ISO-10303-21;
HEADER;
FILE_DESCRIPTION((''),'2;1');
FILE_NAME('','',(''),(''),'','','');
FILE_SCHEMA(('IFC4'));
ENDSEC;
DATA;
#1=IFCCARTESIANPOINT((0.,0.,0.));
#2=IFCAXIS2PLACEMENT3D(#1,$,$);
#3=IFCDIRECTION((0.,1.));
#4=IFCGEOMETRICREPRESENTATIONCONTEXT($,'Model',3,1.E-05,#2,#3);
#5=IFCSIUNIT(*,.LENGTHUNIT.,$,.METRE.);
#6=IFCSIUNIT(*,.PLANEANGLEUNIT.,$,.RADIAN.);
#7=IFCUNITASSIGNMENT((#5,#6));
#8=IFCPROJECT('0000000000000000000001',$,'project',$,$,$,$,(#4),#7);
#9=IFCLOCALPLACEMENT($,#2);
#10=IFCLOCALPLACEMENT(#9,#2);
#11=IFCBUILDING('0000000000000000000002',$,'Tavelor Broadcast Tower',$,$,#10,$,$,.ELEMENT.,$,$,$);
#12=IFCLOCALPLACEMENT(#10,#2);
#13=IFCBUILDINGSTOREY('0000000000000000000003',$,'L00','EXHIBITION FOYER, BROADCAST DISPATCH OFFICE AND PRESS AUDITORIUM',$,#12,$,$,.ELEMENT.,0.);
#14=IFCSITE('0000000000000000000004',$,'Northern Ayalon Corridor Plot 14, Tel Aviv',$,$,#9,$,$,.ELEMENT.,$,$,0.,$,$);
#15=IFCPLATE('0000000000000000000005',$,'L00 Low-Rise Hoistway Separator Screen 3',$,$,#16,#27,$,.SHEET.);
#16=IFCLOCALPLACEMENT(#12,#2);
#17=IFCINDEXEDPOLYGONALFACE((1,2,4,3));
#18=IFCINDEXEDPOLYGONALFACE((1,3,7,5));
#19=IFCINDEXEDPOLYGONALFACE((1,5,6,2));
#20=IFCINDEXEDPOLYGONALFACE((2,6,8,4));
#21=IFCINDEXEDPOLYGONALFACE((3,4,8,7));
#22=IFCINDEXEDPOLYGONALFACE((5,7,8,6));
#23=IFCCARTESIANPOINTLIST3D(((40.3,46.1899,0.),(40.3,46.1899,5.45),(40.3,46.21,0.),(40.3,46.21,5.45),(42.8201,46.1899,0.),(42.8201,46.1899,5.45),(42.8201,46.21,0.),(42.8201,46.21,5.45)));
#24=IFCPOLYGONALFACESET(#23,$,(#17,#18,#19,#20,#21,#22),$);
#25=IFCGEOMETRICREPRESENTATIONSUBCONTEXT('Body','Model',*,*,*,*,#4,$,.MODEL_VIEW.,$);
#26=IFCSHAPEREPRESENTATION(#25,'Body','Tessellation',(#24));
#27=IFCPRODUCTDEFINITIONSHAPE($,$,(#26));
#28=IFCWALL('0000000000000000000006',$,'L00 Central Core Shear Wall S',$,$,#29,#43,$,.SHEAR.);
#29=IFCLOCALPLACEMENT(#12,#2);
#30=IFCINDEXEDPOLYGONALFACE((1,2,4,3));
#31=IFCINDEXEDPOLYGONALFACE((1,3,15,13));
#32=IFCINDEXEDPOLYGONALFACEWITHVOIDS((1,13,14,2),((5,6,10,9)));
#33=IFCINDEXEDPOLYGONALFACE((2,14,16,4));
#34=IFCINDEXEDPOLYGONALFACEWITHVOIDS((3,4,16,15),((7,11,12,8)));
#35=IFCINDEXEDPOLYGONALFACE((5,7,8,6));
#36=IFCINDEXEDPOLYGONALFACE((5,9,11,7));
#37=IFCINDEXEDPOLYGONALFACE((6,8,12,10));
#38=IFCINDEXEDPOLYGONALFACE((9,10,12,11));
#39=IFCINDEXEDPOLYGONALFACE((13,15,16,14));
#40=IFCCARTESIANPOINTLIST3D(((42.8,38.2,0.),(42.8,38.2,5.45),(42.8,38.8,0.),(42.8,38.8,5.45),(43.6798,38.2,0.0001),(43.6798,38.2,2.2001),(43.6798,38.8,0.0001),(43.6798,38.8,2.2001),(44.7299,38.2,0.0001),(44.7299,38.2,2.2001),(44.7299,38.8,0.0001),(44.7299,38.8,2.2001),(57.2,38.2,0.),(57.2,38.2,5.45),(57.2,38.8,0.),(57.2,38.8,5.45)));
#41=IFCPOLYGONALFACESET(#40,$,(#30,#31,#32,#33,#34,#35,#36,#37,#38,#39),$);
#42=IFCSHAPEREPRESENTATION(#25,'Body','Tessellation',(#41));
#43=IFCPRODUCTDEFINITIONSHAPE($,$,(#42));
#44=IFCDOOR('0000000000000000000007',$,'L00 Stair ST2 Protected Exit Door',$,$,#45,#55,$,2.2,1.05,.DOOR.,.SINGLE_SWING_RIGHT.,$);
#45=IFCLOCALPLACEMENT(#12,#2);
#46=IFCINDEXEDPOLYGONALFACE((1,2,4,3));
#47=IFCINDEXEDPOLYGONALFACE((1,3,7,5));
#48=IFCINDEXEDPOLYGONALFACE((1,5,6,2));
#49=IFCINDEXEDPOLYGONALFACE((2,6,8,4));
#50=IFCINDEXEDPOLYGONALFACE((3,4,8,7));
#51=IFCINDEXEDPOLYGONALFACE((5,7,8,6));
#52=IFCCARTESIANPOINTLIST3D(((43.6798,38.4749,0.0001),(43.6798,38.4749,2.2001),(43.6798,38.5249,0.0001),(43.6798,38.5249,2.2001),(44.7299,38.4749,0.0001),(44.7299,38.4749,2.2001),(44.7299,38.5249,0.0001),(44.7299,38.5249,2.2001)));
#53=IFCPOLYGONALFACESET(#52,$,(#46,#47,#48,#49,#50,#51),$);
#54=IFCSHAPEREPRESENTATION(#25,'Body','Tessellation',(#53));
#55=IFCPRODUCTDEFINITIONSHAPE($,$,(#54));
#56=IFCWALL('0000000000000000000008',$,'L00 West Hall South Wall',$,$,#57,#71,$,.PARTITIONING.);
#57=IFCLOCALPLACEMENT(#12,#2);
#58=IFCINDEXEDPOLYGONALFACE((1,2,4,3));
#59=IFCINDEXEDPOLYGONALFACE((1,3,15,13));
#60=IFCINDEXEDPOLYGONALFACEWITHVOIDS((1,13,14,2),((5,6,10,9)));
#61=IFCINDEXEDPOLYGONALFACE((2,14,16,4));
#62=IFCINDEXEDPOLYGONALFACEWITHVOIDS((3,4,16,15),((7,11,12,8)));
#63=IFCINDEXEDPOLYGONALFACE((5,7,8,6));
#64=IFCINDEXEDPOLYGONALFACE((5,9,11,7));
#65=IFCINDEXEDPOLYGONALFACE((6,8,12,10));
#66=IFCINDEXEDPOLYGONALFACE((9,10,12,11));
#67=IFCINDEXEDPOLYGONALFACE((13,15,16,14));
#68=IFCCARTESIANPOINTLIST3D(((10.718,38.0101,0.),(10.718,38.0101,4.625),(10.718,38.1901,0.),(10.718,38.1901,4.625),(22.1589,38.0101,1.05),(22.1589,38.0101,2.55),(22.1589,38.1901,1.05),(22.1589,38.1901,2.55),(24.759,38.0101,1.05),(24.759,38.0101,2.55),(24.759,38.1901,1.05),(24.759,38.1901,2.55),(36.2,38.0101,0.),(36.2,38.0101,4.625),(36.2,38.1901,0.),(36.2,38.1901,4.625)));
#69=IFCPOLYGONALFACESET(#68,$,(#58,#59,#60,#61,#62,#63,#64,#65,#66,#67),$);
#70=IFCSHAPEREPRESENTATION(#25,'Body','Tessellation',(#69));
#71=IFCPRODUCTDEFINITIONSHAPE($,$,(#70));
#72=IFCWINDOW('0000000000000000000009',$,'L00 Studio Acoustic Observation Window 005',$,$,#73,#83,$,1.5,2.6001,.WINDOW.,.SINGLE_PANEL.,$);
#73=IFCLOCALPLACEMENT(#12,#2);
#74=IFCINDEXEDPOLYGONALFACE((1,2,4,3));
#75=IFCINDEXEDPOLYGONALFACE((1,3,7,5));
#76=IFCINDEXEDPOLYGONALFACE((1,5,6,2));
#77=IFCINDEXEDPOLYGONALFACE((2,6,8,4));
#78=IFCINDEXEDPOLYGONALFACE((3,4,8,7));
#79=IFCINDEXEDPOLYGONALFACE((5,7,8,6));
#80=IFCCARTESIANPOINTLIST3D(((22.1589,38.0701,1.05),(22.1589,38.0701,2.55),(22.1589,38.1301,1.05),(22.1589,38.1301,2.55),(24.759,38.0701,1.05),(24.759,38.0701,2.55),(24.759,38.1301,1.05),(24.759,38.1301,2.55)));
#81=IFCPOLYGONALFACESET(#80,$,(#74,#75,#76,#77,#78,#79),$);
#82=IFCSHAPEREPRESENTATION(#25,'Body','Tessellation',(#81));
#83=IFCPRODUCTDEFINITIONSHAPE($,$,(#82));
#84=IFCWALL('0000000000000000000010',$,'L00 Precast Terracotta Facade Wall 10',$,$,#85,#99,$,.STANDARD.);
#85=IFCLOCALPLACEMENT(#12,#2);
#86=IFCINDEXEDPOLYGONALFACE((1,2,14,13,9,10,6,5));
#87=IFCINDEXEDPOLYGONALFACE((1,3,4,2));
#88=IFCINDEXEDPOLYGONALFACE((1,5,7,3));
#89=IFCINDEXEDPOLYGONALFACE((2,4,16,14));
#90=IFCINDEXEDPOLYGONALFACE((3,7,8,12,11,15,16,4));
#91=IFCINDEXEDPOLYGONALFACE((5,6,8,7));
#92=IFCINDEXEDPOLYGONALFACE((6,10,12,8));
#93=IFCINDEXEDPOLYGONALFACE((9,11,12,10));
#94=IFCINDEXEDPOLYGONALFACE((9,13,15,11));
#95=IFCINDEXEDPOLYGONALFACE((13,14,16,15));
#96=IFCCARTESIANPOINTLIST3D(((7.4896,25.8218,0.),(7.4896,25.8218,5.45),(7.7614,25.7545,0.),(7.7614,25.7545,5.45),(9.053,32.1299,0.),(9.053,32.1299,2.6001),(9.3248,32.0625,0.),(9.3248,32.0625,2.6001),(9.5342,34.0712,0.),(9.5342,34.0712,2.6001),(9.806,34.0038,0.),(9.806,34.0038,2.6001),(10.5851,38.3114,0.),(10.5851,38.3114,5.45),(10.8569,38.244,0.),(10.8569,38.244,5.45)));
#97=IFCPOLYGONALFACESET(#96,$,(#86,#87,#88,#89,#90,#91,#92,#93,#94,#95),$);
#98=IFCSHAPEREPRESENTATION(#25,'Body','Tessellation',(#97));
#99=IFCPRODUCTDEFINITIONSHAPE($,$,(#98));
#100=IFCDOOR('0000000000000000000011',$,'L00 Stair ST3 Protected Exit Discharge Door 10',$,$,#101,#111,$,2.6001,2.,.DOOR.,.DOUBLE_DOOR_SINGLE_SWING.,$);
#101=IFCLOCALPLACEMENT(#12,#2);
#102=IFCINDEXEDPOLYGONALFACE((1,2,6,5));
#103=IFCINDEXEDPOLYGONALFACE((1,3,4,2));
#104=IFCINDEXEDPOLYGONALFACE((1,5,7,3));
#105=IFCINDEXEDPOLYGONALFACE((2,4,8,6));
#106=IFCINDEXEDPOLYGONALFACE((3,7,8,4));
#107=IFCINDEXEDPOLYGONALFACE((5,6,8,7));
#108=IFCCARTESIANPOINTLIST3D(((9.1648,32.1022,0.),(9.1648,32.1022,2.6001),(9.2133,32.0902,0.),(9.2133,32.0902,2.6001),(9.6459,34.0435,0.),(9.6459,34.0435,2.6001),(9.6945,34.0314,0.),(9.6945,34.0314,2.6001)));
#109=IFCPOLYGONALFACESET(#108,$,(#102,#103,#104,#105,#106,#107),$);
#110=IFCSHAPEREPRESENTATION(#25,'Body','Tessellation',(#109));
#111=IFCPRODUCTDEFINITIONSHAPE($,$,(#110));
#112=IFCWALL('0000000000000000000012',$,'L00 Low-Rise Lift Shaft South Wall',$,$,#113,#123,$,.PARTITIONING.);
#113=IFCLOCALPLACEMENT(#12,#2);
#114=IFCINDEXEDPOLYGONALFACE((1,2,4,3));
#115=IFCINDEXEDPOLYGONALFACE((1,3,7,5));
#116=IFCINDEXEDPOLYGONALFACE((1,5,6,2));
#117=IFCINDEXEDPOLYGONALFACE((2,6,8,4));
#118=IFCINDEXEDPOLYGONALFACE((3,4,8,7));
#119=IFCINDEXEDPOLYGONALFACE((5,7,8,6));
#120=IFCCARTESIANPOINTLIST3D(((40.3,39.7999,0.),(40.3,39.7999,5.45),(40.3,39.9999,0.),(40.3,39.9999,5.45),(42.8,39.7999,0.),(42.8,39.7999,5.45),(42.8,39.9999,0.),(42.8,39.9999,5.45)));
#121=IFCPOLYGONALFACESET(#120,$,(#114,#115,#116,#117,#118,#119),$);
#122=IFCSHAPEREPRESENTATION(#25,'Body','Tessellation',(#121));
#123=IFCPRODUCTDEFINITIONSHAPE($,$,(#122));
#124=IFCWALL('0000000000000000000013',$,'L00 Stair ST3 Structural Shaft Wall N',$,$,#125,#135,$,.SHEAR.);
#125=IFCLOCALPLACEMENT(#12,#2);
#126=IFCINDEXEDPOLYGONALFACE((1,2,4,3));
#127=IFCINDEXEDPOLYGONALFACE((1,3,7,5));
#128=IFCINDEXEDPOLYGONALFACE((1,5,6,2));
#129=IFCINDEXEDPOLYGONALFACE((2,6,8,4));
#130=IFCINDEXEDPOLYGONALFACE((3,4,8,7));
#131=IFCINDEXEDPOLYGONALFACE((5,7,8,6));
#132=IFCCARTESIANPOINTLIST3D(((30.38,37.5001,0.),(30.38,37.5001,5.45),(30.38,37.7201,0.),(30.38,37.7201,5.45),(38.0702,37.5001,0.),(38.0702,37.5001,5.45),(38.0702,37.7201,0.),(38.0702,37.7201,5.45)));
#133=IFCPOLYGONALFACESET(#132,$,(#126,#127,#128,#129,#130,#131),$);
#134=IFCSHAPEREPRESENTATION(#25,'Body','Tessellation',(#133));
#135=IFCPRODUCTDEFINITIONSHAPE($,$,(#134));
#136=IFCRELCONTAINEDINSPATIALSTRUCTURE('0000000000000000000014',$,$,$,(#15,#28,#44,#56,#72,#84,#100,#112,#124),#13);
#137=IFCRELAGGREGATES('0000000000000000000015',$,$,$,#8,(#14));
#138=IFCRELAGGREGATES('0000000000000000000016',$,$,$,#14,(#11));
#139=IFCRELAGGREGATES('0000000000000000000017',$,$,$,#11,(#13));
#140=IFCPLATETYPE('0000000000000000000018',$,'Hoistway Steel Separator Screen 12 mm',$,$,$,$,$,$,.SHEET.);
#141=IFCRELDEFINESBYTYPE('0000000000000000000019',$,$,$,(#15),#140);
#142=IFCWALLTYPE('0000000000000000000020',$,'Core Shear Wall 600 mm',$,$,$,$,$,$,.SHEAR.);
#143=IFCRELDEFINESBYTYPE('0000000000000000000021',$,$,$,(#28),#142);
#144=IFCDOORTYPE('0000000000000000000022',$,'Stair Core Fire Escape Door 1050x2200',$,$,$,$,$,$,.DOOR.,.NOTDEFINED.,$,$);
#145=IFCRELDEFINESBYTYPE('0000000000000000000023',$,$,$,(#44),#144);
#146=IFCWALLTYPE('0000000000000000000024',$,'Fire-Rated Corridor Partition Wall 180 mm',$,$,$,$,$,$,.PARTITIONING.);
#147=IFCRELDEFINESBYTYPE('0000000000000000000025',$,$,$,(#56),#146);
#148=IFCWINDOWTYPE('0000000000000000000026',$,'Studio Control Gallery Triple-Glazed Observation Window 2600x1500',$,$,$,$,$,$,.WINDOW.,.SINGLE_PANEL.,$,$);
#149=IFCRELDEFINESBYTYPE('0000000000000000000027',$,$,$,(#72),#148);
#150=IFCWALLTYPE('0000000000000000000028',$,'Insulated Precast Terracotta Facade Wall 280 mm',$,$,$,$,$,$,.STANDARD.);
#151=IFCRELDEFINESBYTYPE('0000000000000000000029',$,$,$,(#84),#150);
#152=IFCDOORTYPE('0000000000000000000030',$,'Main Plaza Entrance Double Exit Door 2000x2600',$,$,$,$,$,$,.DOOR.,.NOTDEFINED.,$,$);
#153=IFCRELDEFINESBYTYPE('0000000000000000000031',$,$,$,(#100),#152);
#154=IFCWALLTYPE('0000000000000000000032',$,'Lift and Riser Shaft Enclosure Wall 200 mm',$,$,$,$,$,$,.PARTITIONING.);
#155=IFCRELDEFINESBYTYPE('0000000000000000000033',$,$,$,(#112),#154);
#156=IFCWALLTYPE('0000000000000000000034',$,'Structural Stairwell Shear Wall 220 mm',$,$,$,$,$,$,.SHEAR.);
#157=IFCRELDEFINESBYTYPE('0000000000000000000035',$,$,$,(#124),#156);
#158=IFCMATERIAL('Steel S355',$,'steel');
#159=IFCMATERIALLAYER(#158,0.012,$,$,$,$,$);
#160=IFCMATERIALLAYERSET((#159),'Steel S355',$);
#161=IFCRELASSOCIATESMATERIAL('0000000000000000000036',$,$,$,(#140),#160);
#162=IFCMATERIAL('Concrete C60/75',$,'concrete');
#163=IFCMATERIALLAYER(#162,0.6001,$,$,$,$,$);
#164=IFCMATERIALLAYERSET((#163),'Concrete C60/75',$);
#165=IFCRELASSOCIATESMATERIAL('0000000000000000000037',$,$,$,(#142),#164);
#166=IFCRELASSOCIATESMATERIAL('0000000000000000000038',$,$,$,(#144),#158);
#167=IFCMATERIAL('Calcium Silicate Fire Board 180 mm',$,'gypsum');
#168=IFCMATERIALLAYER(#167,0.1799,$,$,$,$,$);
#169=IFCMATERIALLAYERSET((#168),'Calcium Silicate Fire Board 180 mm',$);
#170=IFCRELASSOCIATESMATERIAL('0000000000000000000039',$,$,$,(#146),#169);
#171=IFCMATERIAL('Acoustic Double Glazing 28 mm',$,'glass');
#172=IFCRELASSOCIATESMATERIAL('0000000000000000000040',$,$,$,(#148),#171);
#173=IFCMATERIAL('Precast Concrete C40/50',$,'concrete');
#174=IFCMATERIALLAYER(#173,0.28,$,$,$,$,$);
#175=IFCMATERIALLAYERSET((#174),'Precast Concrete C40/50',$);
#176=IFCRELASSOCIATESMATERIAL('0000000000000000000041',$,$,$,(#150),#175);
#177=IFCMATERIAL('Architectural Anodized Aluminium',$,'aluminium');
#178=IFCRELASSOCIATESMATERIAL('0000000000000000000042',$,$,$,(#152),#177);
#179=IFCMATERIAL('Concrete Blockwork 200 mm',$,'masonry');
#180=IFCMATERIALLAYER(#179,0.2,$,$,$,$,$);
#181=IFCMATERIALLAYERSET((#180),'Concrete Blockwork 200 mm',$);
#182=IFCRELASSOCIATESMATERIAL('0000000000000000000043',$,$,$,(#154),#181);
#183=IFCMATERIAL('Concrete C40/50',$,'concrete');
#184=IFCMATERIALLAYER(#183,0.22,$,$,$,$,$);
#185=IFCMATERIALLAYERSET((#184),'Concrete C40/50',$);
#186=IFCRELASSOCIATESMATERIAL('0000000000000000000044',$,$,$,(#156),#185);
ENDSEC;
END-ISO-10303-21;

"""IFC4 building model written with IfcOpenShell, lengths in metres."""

from ifc_helpers import new_model, si_unit, direction, frame, frame_2d, origin, origin_2d, place, context, subcontext, project, spatial, rectangle, extrude, source, transform, mapped, material, layer, layer_set, type_object, type_shapes, element, fill, save


model = new_model("IFC4")

# Units and contexts
model_context = context("Model", 3, precision=1e-05, world=origin(), true_north=direction((0.0, 1.0)))
body_context = subcontext(model_context, "Body", "Model", "MODEL_VIEW")
ifc_project = project(units=[si_unit("LENGTHUNIT", "METRE"), si_unit("PLANEANGLEUNIT", "RADIAN")], contexts=[model_context])

# Site, building, storey
site_placement = place(None, origin())
site = spatial("IfcSite", under=ifc_project, at=site_placement, Name="Northern Ayalon Corridor Plot 14, Tel Aviv", CompositionType="ELEMENT", RefElevation=0.0)
building_placement = place(site_placement, origin())
building = spatial("IfcBuilding", under=site, at=building_placement, Name="Tavelor Broadcast Tower", CompositionType="ELEMENT")
storey_placement = place(building_placement, origin())
storey = spatial("IfcBuildingStorey", under=building, at=storey_placement, Name="L00", Description="EXHIBITION FOYER, BROADCAST DISPATCH OFFICE AND PRESS AUDITORIUM", CompositionType="ELEMENT", Elevation=0.0)

# Shared definitions
ifc_material_1 = material(Name="Steel S355", Category="steel")

# Plate
ifc_layer_1 = layer(ifc_material_1, 0.012)
ifc_layer_set_1 = layer_set([ifc_layer_1], Name="Steel S355")
plate_type_1 = type_object("IfcPlateType", Name="Hoistway Steel Separator Screen 12 mm", PredefinedType="SHEET", material=ifc_layer_set_1)
shared_shape_1 = source(origin(), body_context, "Body", "SweptSolid", [
    extrude(rectangle(XDim=2.52, YDim=0.02, at=origin_2d()), origin(), (0.0, 0.0, 1.0), 5.45),
])
type_shapes(plate_type_1, [shared_shape_1])
for number, where, z_axis, x_axis, name in (
    (1, (41.5601, 46.2, 0.0), (0.0, 0.0, 1.0), (1.0, 0.0, 0.0), "L00 Low-Rise Hoistway Separator Screen 3"),
):
    element("IfcPlate", number, at=place(storey_placement, frame(where, z_axis=z_axis, x_axis=x_axis)), inside=storey, type_object=plate_type_1, Name=name, PredefinedType="SHEET", context=body_context, shape_type="MappedRepresentation", body=[
        mapped(shared_shape_1, transform((0.0, 0.0, 0.0), scale=1.0)),
    ])

# Wall, opening, door
ifc_material_2 = material(Name="Concrete C60/75", Category="concrete")
ifc_layer_2 = layer(ifc_material_2, 0.6001)
ifc_layer_set_2 = layer_set([ifc_layer_2], Name="Concrete C60/75")
wall_type_1 = type_object("IfcWallType", Name="Core Shear Wall 600 mm", PredefinedType="SHEAR", material=ifc_layer_set_2)
wall_1_placement = place(storey_placement, frame((42.8, 38.5, 0.0), z_axis=(0.0, 0.0, 1.0), x_axis=(1.0, 0.0, 0.0)))
wall_1 = element("IfcWall", 2, at=wall_1_placement, inside=storey, type_object=wall_type_1, Name="L00 Central Core Shear Wall S", PredefinedType="SHEAR", context=body_context, shape_type="SweptSolid", body=[
    extrude(rectangle(XDim=14.3999, YDim=0.6001, at=frame_2d((7.2, 0.0))), origin(), (0.0, 0.0, 1.0), 5.45),
])
opening_1_placement = place(wall_1_placement, frame((0.8799, 0.0, 0.0)))
opening_1 = element("IfcOpeningElement", 3, at=opening_1_placement, cuts=wall_1, PredefinedType="OPENING", context=body_context, shape_type="SweptSolid", body=[
    extrude(rectangle(XDim=1.05, YDim=2.2, at=frame_2d((0.5249, 1.1001))), frame((0.0, 0.3101, 0.0), z_axis=(0.0, -1.0, 0.0), x_axis=(1.0, 0.0, 0.0)), (0.0, 0.0, 1.0), 0.6201),
])
door_type_1 = type_object("IfcDoorType", Name="Stair Core Fire Escape Door 1050x2200", OperationType="NOTDEFINED", PredefinedType="DOOR", material=ifc_material_1)
door_1_placement = place(opening_1_placement, origin())
door_1 = element("IfcDoor", 4, at=door_1_placement, inside=storey, type_object=door_type_1, Name="L00 Stair ST2 Protected Exit Door", OperationType="SINGLE_SWING_RIGHT", OverallHeight=2.2, OverallWidth=1.05, PredefinedType="DOOR", context=body_context, shape_type="SweptSolid", body=[
    extrude(rectangle(XDim=1.05, YDim=2.2, at=frame_2d((0.5249, 1.1001))), frame((0.0, 0.0249, 0.0), z_axis=(0.0, -1.0, 0.0), x_axis=(1.0, 0.0, 0.0)), (0.0, 0.0, 1.0), 0.05),
])
fill(opening_1, door_1)

# Wall, opening, window
ifc_material_3 = material(Name="Calcium Silicate Fire Board 180 mm", Category="gypsum")
ifc_layer_3 = layer(ifc_material_3, 0.1799)
ifc_layer_set_3 = layer_set([ifc_layer_3], Name="Calcium Silicate Fire Board 180 mm")
wall_type_2 = type_object("IfcWallType", Name="Fire-Rated Corridor Partition Wall 180 mm", PredefinedType="PARTITIONING", material=ifc_layer_set_3)
wall_2_placement = place(storey_placement, frame((10.718, 38.1001, 0.0), z_axis=(0.0, 0.0, 1.0), x_axis=(1.0, 0.0, 0.0)))
wall_2 = element("IfcWall", 5, at=wall_2_placement, inside=storey, type_object=wall_type_2, Name="L00 West Hall South Wall", PredefinedType="PARTITIONING", context=body_context, shape_type="SweptSolid", body=[
    extrude(rectangle(XDim=25.4819, YDim=0.1799, at=frame_2d((12.741, 0.0))), origin(), (0.0, 0.0, 1.0), 4.625),
])
opening_2_placement = place(wall_2_placement, frame((11.4409, 0.0, 1.05)))
opening_2 = element("IfcOpeningElement", 6, at=opening_2_placement, cuts=wall_2, PredefinedType="OPENING", context=body_context, shape_type="SweptSolid", body=[
    extrude(rectangle(XDim=2.6001, YDim=1.5, at=frame_2d((1.3, 0.75))), frame((0.0, 0.1001, 0.0), z_axis=(0.0, -1.0, 0.0), x_axis=(1.0, 0.0, 0.0)), (0.0, 0.0, 1.0), 0.2),
])
ifc_material_4 = material(Name="Acoustic Double Glazing 28 mm", Category="glass")
window_type = type_object("IfcWindowType", Name="Studio Control Gallery Triple-Glazed Observation Window 2600x1500", PartitioningType="SINGLE_PANEL", PredefinedType="WINDOW", material=ifc_material_4)
window_placement = place(opening_2_placement, origin())
window = element("IfcWindow", 7, at=window_placement, inside=storey, type_object=window_type, Name="L00 Studio Acoustic Observation Window 005", OverallHeight=1.5, OverallWidth=2.6001, PartitioningType="SINGLE_PANEL", PredefinedType="WINDOW", context=body_context, shape_type="SweptSolid", body=[
    extrude(rectangle(XDim=2.6001, YDim=1.5, at=frame_2d((1.3, 0.75))), frame((0.0, 0.03, 0.0), z_axis=(0.0, -1.0, 0.0), x_axis=(1.0, 0.0, 0.0)), (0.0, 0.0, 1.0), 0.0601),
])
fill(opening_2, window)

# Wall, opening, door
ifc_material_5 = material(Name="Precast Concrete C40/50", Category="concrete")
ifc_layer_4 = layer(ifc_material_5, 0.28)
ifc_layer_set_4 = layer_set([ifc_layer_4], Name="Precast Concrete C40/50")
wall_type_3 = type_object("IfcWallType", Name="Insulated Precast Terracotta Facade Wall 280 mm", PredefinedType="STANDARD", material=ifc_layer_set_4)
wall_3_placement = place(storey_placement, frame((10.7209, 38.2776, 0.0), z_axis=(0.0, 0.0, 1.0), x_axis=(-0.240566, -0.970633, 0.0)))
wall_3 = element("IfcWall", 8, at=wall_3_placement, inside=storey, type_object=wall_type_3, Name="L00 Precast Terracotta Facade Wall 10", PredefinedType="STANDARD", context=body_context, shape_type="SweptSolid", body=[
    extrude(rectangle(XDim=12.8674, YDim=0.28, at=frame_2d((6.4336, 0.0))), origin(), (0.0, 0.0, 1.0), 5.45),
])
opening_3_placement = place(wall_3_placement, frame((4.3684, 0.0, 0.0)))
opening_3 = element("IfcOpeningElement", 9, at=opening_3_placement, cuts=wall_3, PredefinedType="OPENING", context=body_context, shape_type="SweptSolid", body=[
    extrude(rectangle(XDim=2.0, YDim=2.6001, at=frame_2d((1.0, 1.3))), frame((0.0, 0.1499, 0.0), z_axis=(0.0, -1.0, 0.0), x_axis=(1.0, 0.0, 0.0)), (0.0, 0.0, 1.0), 0.3),
])
ifc_material_6 = material(Name="Architectural Anodized Aluminium", Category="aluminium")
door_type_2 = type_object("IfcDoorType", Name="Main Plaza Entrance Double Exit Door 2000x2600", OperationType="NOTDEFINED", PredefinedType="DOOR", material=ifc_material_6)
door_2_placement = place(opening_3_placement, frame((2.0, 0.0, 0.0), z_axis=(0.0, 0.0, 1.0), x_axis=(-1.0, 0.0, 0.0)))
door_2 = element("IfcDoor", 10, at=door_2_placement, inside=storey, type_object=door_type_2, Name="L00 Stair ST3 Protected Exit Discharge Door 10", OperationType="DOUBLE_DOOR_SINGLE_SWING", OverallHeight=2.6001, OverallWidth=2.0, PredefinedType="DOOR", context=body_context, shape_type="SweptSolid", body=[
    extrude(rectangle(XDim=2.0, YDim=2.6001, at=frame_2d((1.0, 1.3))), frame((0.0, 0.0249, 0.0), z_axis=(0.0, -1.0, 0.0), x_axis=(1.0, 0.0, 0.0)), (0.0, 0.0, 1.0), 0.05),
])
fill(opening_3, door_2)

# Shared definitions
ifc_material_7 = material(Name="Concrete Blockwork 200 mm", Category="masonry")

# Walls
ifc_layer_5 = layer(ifc_material_7, 0.2)
ifc_layer_set_5 = layer_set([ifc_layer_5], Name="Concrete Blockwork 200 mm")
wall_type_4 = type_object("IfcWallType", Name="Lift and Riser Shaft Enclosure Wall 200 mm", PredefinedType="PARTITIONING", material=ifc_layer_set_5)
wall_4_placement = place(storey_placement, frame((40.3, 39.8999, 0.0), z_axis=(0.0, 0.0, 1.0), x_axis=(1.0, 0.0, 0.0)))
element("IfcWall", 11, at=wall_4_placement, inside=storey, type_object=wall_type_4, Name="L00 Low-Rise Lift Shaft South Wall", PredefinedType="PARTITIONING", context=body_context, shape_type="SweptSolid", body=[
    extrude(rectangle(XDim=2.5, YDim=0.2, at=frame_2d((1.25, 0.0))), origin(), (0.0, 0.0, 1.0), 5.45),
])
ifc_material_8 = material(Name="Concrete C40/50", Category="concrete")
ifc_layer_6 = layer(ifc_material_8, 0.22)
ifc_layer_set_6 = layer_set([ifc_layer_6], Name="Concrete C40/50")
wall_type_5 = type_object("IfcWallType", Name="Structural Stairwell Shear Wall 220 mm", PredefinedType="SHEAR", material=ifc_layer_set_6)
wall_5_placement = place(storey_placement, frame((30.3799, 37.6101, 0.0), z_axis=(0.0, 0.0, 1.0), x_axis=(1.0, 0.0, 0.0)))
element("IfcWall", 12, at=wall_5_placement, inside=storey, type_object=wall_type_5, Name="L00 Stair ST3 Structural Shaft Wall N", PredefinedType="SHEAR", context=body_context, shape_type="SweptSolid", body=[
    extrude(rectangle(XDim=7.6902, YDim=0.22, at=frame_2d((3.8452, 0.0))), origin(), (0.0, 0.0, 1.0), 5.45),
])

save(model, "model.ifc")
